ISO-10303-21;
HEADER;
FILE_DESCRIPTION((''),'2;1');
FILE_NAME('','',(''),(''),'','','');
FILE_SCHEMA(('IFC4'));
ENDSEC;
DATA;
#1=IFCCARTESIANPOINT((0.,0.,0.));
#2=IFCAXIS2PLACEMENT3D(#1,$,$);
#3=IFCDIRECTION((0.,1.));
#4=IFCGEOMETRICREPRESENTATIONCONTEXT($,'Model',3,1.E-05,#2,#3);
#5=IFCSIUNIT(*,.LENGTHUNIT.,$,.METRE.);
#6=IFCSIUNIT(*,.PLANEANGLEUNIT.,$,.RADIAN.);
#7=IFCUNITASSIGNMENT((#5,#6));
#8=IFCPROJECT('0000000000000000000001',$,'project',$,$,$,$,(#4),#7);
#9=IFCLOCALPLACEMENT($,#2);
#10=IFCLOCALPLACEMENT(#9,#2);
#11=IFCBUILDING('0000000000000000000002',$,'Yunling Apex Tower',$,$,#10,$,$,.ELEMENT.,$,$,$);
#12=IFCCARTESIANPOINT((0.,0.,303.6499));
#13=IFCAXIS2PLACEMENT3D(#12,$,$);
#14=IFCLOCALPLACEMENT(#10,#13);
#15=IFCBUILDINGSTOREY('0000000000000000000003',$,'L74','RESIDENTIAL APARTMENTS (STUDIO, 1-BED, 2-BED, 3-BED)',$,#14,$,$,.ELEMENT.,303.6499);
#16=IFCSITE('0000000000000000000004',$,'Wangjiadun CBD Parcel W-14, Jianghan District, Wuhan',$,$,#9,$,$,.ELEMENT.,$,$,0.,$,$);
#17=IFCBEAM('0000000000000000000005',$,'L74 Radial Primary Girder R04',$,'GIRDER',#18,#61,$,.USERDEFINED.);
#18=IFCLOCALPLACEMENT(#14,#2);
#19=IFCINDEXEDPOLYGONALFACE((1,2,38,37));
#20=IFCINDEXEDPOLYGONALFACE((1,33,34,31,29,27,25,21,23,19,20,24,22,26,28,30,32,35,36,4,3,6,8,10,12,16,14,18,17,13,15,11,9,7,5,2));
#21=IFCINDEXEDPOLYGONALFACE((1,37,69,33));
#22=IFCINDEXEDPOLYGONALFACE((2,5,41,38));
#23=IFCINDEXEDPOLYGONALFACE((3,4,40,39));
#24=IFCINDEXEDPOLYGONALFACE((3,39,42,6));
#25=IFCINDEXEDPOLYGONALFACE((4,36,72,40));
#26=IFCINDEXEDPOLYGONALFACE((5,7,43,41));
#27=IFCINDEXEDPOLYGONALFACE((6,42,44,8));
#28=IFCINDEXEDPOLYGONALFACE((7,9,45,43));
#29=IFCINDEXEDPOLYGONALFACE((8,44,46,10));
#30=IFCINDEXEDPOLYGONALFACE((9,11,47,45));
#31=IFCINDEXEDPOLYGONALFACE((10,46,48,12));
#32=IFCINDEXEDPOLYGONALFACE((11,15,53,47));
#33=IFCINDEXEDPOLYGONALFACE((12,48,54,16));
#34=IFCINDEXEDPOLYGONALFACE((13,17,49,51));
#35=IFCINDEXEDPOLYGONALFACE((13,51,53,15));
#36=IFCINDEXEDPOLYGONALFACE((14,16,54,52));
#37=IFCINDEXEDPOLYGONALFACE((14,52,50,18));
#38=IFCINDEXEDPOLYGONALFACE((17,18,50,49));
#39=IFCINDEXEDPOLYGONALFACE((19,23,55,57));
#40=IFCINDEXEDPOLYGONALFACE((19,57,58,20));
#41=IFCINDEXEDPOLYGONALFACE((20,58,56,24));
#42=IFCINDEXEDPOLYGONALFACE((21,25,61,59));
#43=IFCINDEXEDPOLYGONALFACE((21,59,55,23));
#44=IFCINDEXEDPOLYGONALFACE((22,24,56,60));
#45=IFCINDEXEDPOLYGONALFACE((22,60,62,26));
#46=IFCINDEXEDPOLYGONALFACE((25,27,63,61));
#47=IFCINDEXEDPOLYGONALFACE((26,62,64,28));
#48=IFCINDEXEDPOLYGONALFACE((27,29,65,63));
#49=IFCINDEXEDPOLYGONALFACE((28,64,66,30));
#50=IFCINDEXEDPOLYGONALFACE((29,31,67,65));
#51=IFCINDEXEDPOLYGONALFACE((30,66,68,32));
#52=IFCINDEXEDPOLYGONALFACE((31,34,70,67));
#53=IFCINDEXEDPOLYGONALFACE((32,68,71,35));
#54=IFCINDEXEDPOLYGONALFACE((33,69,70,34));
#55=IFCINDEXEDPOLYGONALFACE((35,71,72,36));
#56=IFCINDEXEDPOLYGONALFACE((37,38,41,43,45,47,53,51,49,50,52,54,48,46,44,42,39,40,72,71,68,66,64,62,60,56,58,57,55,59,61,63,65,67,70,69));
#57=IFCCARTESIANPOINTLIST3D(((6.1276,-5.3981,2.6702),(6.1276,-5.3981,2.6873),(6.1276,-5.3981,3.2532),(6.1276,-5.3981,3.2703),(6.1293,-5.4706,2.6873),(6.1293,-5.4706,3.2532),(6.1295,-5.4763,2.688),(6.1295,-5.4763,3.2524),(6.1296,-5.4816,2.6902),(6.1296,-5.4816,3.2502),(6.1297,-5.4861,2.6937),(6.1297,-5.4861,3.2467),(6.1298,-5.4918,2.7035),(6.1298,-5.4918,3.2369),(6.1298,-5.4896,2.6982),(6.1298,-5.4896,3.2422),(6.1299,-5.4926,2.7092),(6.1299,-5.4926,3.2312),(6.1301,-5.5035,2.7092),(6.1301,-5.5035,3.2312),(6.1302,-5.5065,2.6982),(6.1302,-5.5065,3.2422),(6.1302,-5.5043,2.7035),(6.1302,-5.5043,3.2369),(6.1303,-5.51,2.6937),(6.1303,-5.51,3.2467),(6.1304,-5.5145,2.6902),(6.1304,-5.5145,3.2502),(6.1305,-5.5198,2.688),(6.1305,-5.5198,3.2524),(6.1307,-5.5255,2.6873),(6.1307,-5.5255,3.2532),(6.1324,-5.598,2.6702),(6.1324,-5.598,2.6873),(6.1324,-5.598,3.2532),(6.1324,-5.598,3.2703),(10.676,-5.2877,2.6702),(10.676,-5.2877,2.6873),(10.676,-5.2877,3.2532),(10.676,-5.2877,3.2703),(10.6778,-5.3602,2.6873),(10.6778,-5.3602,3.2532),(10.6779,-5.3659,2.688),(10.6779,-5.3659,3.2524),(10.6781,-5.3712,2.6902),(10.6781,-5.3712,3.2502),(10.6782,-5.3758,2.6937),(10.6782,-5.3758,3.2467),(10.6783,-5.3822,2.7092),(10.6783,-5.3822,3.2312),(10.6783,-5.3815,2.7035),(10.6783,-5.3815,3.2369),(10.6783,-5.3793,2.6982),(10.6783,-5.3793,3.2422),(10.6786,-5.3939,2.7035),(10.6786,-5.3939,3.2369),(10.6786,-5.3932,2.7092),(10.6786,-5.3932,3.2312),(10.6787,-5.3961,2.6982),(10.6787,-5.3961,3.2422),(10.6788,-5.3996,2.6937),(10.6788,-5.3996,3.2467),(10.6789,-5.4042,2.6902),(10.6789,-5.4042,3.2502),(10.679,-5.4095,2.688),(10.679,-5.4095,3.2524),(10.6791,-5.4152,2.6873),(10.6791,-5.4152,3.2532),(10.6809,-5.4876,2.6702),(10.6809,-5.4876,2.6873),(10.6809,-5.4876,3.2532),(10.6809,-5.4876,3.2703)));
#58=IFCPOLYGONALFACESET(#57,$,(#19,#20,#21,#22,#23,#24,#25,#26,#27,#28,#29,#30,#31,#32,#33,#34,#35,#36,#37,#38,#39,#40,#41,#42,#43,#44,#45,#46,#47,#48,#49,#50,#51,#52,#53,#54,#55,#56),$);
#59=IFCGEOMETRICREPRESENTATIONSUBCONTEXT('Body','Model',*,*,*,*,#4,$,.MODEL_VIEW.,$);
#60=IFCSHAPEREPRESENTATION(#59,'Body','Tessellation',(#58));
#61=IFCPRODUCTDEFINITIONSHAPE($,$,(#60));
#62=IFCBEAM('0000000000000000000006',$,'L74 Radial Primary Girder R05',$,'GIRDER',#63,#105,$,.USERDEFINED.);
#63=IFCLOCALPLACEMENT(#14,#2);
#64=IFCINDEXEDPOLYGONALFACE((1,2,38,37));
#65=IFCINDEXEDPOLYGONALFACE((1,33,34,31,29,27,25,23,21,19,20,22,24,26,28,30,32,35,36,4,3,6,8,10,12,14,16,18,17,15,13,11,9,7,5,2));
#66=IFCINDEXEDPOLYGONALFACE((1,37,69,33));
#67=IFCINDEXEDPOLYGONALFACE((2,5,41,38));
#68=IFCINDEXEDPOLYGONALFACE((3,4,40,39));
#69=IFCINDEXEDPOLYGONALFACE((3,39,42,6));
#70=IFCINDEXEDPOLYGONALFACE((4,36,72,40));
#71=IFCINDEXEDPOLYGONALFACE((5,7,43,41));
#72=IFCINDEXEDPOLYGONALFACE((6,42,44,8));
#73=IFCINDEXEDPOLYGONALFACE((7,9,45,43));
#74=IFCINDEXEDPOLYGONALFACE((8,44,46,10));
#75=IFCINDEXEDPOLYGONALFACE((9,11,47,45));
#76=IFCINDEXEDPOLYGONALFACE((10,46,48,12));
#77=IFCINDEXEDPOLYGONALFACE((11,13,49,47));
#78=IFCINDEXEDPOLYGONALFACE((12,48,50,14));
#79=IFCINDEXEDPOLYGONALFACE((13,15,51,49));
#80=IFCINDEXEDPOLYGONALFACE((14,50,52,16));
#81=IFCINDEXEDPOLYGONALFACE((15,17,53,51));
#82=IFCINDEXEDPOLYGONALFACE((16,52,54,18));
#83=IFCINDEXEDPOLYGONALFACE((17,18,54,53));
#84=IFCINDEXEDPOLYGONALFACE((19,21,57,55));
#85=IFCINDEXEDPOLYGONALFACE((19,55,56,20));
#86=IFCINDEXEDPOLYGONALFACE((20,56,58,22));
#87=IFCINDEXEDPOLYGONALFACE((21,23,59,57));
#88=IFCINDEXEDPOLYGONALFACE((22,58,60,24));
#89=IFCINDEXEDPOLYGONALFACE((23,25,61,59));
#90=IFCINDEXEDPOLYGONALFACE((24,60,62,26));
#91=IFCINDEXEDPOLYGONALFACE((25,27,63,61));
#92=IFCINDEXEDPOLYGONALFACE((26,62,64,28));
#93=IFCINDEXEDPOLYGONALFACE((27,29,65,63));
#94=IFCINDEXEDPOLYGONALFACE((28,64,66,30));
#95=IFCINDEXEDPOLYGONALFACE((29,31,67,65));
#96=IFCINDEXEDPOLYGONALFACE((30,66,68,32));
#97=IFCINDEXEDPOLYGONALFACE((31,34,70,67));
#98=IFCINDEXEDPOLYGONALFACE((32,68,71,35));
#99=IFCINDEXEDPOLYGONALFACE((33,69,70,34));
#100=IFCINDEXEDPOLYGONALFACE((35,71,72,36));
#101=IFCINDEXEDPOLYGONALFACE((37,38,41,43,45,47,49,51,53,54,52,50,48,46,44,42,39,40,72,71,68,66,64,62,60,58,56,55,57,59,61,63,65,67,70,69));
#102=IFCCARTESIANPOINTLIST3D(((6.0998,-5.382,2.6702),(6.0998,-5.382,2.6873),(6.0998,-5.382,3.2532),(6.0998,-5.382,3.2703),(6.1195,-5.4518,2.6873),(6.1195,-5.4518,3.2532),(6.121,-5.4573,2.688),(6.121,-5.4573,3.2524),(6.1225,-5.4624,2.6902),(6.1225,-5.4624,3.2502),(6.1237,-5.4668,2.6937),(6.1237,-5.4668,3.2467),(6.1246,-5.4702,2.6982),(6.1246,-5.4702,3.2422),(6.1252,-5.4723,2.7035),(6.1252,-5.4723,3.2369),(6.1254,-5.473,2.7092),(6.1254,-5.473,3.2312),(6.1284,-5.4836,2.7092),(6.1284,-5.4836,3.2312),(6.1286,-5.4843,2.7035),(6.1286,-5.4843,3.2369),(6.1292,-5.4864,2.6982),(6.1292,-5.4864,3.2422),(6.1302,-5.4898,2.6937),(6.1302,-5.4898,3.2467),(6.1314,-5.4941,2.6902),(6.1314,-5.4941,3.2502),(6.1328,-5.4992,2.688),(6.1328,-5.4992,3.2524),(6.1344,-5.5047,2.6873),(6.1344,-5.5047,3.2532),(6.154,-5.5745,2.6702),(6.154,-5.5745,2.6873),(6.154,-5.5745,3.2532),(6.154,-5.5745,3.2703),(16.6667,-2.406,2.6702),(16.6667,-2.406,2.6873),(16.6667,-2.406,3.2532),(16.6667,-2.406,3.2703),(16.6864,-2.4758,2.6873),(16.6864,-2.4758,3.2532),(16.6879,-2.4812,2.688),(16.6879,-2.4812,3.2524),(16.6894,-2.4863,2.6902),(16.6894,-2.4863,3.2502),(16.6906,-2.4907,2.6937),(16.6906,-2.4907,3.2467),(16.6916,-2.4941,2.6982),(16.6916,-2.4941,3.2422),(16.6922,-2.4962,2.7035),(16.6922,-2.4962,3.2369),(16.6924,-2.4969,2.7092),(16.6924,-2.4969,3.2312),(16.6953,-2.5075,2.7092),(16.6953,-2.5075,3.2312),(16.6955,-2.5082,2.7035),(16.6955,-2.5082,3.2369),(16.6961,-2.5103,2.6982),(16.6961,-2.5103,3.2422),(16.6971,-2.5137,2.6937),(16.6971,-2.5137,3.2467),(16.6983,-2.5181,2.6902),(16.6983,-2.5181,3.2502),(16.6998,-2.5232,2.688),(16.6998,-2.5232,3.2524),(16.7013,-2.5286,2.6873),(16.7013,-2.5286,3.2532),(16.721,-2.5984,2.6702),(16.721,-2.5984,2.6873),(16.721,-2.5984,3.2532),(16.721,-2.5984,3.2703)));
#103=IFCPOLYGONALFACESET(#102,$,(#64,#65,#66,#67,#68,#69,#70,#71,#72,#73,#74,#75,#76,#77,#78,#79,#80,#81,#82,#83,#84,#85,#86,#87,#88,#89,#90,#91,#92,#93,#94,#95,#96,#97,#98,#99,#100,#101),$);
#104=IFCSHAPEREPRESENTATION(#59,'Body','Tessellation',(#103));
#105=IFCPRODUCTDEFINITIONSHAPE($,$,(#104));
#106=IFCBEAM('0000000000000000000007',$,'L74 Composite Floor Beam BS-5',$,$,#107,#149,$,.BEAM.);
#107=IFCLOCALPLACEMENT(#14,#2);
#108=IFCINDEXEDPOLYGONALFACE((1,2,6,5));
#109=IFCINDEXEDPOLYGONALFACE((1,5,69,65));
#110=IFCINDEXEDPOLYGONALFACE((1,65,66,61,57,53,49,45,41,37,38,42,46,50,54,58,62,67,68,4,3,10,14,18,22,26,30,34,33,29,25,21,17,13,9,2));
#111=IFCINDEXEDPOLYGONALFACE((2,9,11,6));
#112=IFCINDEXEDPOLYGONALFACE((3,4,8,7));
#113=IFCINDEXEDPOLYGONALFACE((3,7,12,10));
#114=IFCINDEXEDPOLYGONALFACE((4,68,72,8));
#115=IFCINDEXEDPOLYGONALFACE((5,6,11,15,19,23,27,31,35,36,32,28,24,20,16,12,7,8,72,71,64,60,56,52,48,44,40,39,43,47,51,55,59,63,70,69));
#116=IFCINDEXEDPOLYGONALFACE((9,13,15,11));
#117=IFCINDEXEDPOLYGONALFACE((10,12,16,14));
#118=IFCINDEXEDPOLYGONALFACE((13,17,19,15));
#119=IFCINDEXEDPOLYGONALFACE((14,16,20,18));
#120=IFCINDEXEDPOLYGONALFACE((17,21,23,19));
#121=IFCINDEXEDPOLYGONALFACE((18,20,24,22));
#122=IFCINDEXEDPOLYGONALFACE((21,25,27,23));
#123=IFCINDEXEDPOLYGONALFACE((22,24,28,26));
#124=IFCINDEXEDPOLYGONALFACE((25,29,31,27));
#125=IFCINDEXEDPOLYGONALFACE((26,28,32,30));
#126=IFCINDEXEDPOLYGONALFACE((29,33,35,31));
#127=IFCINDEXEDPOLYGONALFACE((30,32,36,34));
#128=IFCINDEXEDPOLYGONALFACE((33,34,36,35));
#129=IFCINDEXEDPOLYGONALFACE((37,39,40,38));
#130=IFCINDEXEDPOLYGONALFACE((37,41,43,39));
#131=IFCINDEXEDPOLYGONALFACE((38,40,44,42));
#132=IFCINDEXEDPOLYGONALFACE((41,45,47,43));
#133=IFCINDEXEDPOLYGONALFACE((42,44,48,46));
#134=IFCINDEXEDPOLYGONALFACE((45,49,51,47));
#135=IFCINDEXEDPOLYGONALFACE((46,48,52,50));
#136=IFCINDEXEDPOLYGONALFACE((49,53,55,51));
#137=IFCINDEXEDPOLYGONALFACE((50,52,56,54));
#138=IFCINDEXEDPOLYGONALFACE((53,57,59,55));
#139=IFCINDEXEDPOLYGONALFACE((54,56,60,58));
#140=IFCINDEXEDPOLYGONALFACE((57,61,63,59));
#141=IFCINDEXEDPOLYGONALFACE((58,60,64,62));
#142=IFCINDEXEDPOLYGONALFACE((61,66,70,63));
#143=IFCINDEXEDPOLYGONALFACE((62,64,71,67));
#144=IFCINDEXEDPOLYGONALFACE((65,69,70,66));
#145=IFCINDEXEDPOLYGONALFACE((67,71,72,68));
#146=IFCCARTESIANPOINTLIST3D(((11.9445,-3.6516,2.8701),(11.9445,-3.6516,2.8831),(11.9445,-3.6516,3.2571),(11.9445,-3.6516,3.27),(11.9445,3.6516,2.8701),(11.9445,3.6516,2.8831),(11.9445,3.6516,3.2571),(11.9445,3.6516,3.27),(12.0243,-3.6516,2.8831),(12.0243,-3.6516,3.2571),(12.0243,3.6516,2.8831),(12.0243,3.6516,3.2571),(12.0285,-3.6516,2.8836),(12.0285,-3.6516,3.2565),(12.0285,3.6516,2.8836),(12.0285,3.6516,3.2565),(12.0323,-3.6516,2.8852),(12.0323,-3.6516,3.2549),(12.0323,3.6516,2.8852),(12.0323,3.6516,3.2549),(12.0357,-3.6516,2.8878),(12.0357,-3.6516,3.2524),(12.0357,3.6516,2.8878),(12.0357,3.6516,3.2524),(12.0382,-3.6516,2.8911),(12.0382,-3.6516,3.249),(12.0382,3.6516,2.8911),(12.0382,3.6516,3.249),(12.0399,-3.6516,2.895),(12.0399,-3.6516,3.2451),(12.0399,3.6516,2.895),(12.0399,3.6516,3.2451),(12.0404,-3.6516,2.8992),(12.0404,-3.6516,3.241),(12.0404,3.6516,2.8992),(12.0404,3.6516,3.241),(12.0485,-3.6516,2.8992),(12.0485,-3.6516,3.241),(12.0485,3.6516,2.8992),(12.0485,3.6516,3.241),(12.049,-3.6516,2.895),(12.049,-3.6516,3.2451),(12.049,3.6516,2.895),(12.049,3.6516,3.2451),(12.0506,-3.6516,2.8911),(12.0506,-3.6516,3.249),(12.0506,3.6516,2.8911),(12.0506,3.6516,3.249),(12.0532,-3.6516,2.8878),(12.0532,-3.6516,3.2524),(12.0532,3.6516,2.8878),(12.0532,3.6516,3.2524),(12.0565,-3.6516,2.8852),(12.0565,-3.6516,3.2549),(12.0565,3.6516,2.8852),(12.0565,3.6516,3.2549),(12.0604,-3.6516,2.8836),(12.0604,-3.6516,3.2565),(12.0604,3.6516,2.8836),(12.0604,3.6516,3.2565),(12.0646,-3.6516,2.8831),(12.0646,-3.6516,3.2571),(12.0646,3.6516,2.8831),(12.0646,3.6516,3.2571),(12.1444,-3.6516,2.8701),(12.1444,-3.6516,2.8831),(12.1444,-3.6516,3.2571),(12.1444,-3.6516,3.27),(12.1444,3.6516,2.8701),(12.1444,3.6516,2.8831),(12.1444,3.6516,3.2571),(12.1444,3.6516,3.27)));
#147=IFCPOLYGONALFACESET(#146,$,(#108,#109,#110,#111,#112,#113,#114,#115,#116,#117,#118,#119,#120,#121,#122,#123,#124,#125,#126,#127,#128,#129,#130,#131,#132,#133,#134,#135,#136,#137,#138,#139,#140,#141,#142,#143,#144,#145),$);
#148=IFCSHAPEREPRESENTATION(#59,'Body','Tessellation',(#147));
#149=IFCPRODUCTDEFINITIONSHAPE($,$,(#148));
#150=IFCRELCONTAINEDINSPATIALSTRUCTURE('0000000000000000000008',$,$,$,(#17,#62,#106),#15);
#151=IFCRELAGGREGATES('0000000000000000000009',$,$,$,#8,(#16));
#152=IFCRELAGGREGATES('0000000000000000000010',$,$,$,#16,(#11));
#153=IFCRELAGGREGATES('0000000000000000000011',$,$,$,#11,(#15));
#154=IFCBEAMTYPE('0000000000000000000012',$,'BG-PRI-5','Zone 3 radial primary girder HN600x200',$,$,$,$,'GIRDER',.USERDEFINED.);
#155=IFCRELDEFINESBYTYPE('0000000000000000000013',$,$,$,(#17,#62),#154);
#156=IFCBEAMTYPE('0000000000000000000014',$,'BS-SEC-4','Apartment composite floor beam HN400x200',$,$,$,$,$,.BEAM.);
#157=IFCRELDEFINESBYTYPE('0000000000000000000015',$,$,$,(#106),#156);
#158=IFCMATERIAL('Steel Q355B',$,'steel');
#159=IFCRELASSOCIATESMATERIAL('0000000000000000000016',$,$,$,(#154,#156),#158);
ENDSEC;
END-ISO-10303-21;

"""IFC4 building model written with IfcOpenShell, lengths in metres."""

from ifc_helpers import new_model, si_unit, direction, frame, origin, origin_2d, place, context, subcontext, project, spatial, i_section, extrude, source, transform, mapped, material, material_profile, profile_set, type_object, element, save


model = new_model("IFC4")

# Units and contexts
model_context = context("Model", 3, precision=1e-05, world=origin(), true_north=direction((0.0, 1.0)))
body_context = subcontext(model_context, "Body", "Model", "MODEL_VIEW")
ifc_project = project(units=[si_unit("LENGTHUNIT", "METRE"), si_unit("PLANEANGLEUNIT", "RADIAN")], contexts=[model_context])

# Site, building, storey
site_placement = place(None, origin())
site = spatial("IfcSite", under=ifc_project, at=site_placement, Name="Wangjiadun CBD Parcel W-14, Jianghan District, Wuhan", CompositionType="ELEMENT", RefElevation=0.0)
building_placement = place(site_placement, origin())
building = spatial("IfcBuilding", under=site, at=building_placement, Name="Yunling Apex Tower", CompositionType="ELEMENT")
storey_placement = place(building_placement, frame((0.0, 0.0, 303.6499)))
storey = spatial("IfcBuildingStorey", under=building, at=storey_placement, Name="L74", Description="RESIDENTIAL APARTMENTS (STUDIO, 1-BED, 2-BED, 3-BED)", CompositionType="ELEMENT", Elevation=303.6499)

# Shared definitions
ifc_material_1 = material(Name="Steel Q355B", Category="steel")

# Beams
ifc_material_profile_1 = material_profile(ifc_material_1, i_section(OverallWidth=0.2, OverallDepth=0.6001, WebThickness=0.011, FlangeThickness=0.0171, FilletRadius=0.022, at=origin_2d()))
ifc_profile_set_1 = profile_set([ifc_material_profile_1], Name="Steel Q355B")
beam_type_1 = type_object("IfcBeamType", Name="BG-PRI-5", Description="Zone 3 radial primary girder HN600x200", ElementType="GIRDER", PredefinedType="USERDEFINED", material=ifc_profile_set_1)
shared_shape_1 = source(origin(), body_context, "Body", "SweptSolid", [
    extrude(i_section(OverallWidth=0.2, OverallDepth=0.6001, WebThickness=0.011, FlangeThickness=0.0171, FilletRadius=0.022, at=origin_2d()), origin(), (0.0, 0.0, 1.0), 4.5498),
])
beam_1_placement = place(storey_placement, frame((10.6785, -5.3877, 2.9702), z_axis=(-0.999706, -0.024254, 0.0), x_axis=(0.024254, -0.999706, 0.0)))
element("IfcBeam", 1, at=beam_1_placement, inside=storey, type_object=beam_type_1, Name="L74 Radial Primary Girder R04", ObjectType="GIRDER", PredefinedType="USERDEFINED", context=body_context, shape_type="MappedRepresentation", body=[
    mapped(shared_shape_1, transform((0.0, 0.0, 0.0), scale=1.0)),
])
shared_shape_2 = source(origin(), body_context, "Body", "SweptSolid", [
    extrude(i_section(OverallWidth=0.2, OverallDepth=0.6001, WebThickness=0.011, FlangeThickness=0.0171, FilletRadius=0.022, at=origin_2d()), origin(), (0.0, 0.0, 1.0), 10.978),
])
beam_2_placement = place(storey_placement, frame((16.6938, -2.5022, 2.9702), z_axis=(-0.962553, -0.271095, 0.0), x_axis=(0.271095, -0.962553, 0.0)))
element("IfcBeam", 2, at=beam_2_placement, inside=storey, type_object=beam_type_1, Name="L74 Radial Primary Girder R05", ObjectType="GIRDER", PredefinedType="USERDEFINED", context=body_context, shape_type="MappedRepresentation", body=[
    mapped(shared_shape_2, transform((0.0, 0.0, 0.0), scale=1.0)),
])
ifc_material_profile_2 = material_profile(ifc_material_1, i_section(OverallWidth=0.2, OverallDepth=0.3999, WebThickness=0.0081, FlangeThickness=0.0129, FilletRadius=0.0161, at=origin_2d()))
ifc_profile_set_2 = profile_set([ifc_material_profile_2], Name="Steel Q355B")
beam_type_2 = type_object("IfcBeamType", Name="BS-SEC-4", Description="Apartment composite floor beam HN400x200", PredefinedType="BEAM", material=ifc_profile_set_2)
shared_shape_3 = source(origin(), body_context, "Body", "SweptSolid", [
    extrude(i_section(OverallWidth=0.2, OverallDepth=0.3999, WebThickness=0.0081, FlangeThickness=0.0129, FilletRadius=0.0161, at=origin_2d()), origin(), (0.0, 0.0, 1.0), 7.3032),
])
beam_3_placement = place(storey_placement, frame((12.0444, -3.6516, 3.0701), z_axis=(0.0, 1.0, 0.0), x_axis=(-1.0, 0.0, 0.0)))
element("IfcBeam", 3, at=beam_3_placement, inside=storey, type_object=beam_type_2, Name="L74 Composite Floor Beam BS-5", PredefinedType="BEAM", context=body_context, shape_type="MappedRepresentation", body=[
    mapped(shared_shape_3, transform((0.0, 0.0, 0.0), scale=1.0)),
])

save(model, "model.ifc")
